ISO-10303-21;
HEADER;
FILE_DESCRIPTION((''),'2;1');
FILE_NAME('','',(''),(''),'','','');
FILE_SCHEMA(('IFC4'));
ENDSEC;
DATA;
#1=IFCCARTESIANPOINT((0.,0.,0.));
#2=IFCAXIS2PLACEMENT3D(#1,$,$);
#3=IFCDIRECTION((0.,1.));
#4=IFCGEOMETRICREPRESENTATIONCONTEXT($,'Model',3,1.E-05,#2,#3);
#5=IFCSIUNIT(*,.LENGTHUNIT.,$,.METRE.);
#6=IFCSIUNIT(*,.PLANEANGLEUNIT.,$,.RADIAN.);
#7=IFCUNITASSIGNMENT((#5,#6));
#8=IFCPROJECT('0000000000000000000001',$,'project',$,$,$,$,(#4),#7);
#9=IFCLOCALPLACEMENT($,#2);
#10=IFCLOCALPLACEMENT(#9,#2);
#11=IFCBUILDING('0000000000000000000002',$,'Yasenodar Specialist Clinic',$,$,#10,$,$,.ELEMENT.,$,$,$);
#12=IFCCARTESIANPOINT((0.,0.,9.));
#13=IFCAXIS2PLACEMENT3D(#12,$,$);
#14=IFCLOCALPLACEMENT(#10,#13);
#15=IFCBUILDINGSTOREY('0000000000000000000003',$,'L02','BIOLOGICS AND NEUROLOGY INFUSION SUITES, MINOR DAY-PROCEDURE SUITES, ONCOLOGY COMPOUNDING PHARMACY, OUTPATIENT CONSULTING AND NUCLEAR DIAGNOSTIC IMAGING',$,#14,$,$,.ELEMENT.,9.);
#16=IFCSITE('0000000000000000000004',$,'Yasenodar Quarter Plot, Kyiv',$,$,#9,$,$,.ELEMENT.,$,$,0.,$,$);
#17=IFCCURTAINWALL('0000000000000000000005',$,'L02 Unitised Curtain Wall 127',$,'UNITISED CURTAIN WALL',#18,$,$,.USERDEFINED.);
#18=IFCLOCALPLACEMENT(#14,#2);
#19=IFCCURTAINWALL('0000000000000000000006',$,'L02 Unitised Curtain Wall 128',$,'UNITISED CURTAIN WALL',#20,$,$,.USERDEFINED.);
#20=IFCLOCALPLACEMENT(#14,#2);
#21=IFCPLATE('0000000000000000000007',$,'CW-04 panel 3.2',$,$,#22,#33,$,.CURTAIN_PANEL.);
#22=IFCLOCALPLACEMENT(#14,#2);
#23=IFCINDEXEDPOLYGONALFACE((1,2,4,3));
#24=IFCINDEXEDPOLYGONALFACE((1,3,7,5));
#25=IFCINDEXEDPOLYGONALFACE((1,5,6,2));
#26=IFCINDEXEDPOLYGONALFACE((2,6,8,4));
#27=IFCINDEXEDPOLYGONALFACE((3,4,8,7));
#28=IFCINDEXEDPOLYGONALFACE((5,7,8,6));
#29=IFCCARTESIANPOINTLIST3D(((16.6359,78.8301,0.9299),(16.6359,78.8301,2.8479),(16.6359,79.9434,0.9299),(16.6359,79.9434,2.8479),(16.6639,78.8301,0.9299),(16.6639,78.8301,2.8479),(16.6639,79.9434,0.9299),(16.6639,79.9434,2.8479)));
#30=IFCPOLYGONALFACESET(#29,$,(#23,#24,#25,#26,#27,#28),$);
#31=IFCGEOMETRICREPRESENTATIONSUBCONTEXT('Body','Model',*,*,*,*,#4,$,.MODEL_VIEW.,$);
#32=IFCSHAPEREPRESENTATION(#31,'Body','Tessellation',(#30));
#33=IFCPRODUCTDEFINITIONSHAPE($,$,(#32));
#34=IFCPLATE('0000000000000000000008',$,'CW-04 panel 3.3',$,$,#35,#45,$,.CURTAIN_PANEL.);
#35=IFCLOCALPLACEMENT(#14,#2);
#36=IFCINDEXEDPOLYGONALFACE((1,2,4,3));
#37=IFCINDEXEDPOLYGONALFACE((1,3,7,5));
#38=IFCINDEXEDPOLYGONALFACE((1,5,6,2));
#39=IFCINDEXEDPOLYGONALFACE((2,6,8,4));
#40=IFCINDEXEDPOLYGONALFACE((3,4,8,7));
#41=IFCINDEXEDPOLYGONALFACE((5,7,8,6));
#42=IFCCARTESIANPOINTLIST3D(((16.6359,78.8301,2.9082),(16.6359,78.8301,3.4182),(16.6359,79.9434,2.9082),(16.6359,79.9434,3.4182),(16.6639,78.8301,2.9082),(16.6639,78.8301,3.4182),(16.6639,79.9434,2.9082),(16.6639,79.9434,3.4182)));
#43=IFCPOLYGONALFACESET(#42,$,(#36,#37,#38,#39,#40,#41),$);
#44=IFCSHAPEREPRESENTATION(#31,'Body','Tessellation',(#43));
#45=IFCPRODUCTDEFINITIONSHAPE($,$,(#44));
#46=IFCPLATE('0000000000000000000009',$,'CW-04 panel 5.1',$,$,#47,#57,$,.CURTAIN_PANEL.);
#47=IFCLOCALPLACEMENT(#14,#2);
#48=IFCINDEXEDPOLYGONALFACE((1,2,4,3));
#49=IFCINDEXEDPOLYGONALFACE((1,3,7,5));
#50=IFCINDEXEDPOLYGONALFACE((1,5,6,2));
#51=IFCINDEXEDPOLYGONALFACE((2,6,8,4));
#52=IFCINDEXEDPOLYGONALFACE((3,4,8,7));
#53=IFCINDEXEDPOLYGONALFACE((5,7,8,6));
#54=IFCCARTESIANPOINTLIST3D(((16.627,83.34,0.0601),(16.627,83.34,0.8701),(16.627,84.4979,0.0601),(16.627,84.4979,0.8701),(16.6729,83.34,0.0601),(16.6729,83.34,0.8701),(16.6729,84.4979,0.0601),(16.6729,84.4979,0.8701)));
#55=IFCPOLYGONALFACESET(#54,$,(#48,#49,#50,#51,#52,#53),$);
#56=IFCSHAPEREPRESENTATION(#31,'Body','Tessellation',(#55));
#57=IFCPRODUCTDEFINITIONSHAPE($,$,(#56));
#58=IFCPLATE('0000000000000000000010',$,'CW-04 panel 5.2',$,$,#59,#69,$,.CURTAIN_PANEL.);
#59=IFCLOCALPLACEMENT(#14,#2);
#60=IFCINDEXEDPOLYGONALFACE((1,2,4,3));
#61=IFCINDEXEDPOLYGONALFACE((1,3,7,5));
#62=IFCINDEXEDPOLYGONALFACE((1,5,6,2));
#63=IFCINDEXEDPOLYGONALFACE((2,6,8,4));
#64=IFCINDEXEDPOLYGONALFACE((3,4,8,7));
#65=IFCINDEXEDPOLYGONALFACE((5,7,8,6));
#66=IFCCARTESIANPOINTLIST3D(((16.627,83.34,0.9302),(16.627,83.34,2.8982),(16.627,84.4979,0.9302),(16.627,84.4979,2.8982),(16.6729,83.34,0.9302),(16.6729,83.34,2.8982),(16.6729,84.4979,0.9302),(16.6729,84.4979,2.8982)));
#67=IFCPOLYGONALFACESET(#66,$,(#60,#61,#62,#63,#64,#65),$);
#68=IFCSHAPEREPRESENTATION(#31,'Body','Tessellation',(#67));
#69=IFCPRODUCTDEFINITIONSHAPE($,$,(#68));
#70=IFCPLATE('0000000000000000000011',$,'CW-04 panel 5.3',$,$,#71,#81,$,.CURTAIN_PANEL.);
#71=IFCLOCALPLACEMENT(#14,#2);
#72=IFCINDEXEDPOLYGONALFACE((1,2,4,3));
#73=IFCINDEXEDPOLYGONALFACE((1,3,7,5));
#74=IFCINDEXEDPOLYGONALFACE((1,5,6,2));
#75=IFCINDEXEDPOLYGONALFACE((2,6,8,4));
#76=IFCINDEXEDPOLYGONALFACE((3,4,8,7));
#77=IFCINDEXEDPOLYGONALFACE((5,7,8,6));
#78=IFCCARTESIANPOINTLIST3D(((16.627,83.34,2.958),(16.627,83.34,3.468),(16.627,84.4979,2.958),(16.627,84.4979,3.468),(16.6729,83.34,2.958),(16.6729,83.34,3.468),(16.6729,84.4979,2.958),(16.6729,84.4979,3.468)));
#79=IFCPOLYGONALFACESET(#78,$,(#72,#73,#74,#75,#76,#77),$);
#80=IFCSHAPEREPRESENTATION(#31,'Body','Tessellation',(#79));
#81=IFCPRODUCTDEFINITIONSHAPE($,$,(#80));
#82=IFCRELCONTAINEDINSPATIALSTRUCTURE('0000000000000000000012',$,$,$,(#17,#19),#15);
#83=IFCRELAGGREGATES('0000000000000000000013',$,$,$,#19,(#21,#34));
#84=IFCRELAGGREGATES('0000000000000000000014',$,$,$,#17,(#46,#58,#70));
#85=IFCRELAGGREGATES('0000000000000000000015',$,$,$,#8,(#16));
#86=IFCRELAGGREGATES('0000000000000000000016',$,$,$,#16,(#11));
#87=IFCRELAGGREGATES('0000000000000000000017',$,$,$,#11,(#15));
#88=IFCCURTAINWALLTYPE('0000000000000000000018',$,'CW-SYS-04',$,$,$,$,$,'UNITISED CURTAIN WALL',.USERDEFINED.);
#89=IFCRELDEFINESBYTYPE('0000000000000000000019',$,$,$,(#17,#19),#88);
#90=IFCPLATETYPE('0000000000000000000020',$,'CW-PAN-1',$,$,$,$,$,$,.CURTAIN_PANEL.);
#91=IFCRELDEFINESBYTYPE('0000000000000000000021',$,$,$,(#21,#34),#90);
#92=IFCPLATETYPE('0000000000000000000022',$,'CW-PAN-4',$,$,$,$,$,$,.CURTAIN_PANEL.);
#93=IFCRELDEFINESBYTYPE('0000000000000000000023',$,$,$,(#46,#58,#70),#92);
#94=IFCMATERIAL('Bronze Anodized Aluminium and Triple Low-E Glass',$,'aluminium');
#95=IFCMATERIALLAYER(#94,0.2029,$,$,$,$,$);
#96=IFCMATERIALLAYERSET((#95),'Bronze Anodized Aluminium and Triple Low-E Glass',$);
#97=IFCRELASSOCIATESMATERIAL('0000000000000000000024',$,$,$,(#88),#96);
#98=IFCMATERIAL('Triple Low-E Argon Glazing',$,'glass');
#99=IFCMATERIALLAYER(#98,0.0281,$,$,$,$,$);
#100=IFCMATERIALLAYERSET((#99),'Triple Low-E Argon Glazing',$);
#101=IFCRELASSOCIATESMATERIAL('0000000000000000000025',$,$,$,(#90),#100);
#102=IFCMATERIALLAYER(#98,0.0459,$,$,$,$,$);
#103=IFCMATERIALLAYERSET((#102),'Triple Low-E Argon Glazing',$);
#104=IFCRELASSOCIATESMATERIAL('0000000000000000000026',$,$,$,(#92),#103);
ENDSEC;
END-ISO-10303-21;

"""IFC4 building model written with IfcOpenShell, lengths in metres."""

from ifc_helpers import new_model, si_unit, direction, frame, origin, origin_2d, place, context, subcontext, project, spatial, rectangle, extrude, material, layer, layer_set, type_object, element, aggregate, save


model = new_model("IFC4")

# Units and contexts
model_context = context("Model", 3, precision=1e-05, world=origin(), true_north=direction((0.0, 1.0)))
body_context = subcontext(model_context, "Body", "Model", "MODEL_VIEW")
ifc_project = project(units=[si_unit("LENGTHUNIT", "METRE"), si_unit("PLANEANGLEUNIT", "RADIAN")], contexts=[model_context])

# Site, building, storey
site_placement = place(None, origin())
site = spatial("IfcSite", under=ifc_project, at=site_placement, Name="Yasenodar Quarter Plot, Kyiv", CompositionType="ELEMENT", RefElevation=0.0)
building_placement = place(site_placement, origin())
building = spatial("IfcBuilding", under=site, at=building_placement, Name="Yasenodar Specialist Clinic", CompositionType="ELEMENT")
storey_placement = place(building_placement, frame((0.0, 0.0, 9.0)))
storey = spatial("IfcBuildingStorey", under=building, at=storey_placement, Name="L02", Description="BIOLOGICS AND NEUROLOGY INFUSION SUITES, MINOR DAY-PROCEDURE SUITES, ONCOLOGY COMPOUNDING PHARMACY, OUTPATIENT CONSULTING AND NUCLEAR DIAGNOSTIC IMAGING", CompositionType="ELEMENT", Elevation=9.0)

# Curtain wall
ifc_material_1 = material(Name="Bronze Anodized Aluminium and Triple Low-E Glass", Category="aluminium")
ifc_layer_1 = layer(ifc_material_1, 0.2029)
ifc_layer_set_1 = layer_set([ifc_layer_1], Name="Bronze Anodized Aluminium and Triple Low-E Glass")
curtain_wall_type = type_object("IfcCurtainWallType", Name="CW-SYS-04", ElementType="UNITISED CURTAIN WALL", PredefinedType="USERDEFINED", material=ifc_layer_set_1)
curtain_wall_1_placement = place(storey_placement, origin())
curtain_wall_1 = element("IfcCurtainWall", 1, at=curtain_wall_1_placement, inside=storey, type_object=curtain_wall_type, Name="L02 Unitised Curtain Wall 127", ObjectType="UNITISED CURTAIN WALL", PredefinedType="USERDEFINED")

# Curtain wall
curtain_wall_2_placement = place(storey_placement, origin())
curtain_wall_2 = element("IfcCurtainWall", 2, at=curtain_wall_2_placement, inside=storey, type_object=curtain_wall_type, Name="L02 Unitised Curtain Wall 128", ObjectType="UNITISED CURTAIN WALL", PredefinedType="USERDEFINED")

# Plates
ifc_material_2 = material(Name="Triple Low-E Argon Glazing", Category="glass")
ifc_layer_2 = layer(ifc_material_2, 0.0281)
ifc_layer_set_2 = layer_set([ifc_layer_2], Name="Triple Low-E Argon Glazing")
plate_type_1 = type_object("IfcPlateType", Name="CW-PAN-1", PredefinedType="CURTAIN_PANEL", material=ifc_layer_set_2)
plate_1_placement = place(storey_placement, frame((16.6499, 79.3867, 0.9299), z_axis=(0.0, 0.0, 1.0), x_axis=(0.0, -1.0, 0.0)))
plate_1 = element("IfcPlate", 3, at=plate_1_placement, type_object=plate_type_1, Name="CW-04 panel 3.2", PredefinedType="CURTAIN_PANEL", context=body_context, shape_type="SweptSolid", body=[
    extrude(rectangle(XDim=1.1133, YDim=0.0281, at=origin_2d()), origin(), (0.0, 0.0, 1.0), 1.918),
])
plate_2_placement = place(storey_placement, frame((16.6499, 79.3867, 2.9082), z_axis=(0.0, 0.0, 1.0), x_axis=(0.0, -1.0, 0.0)))
plate_2 = element("IfcPlate", 4, at=plate_2_placement, type_object=plate_type_1, Name="CW-04 panel 3.3", PredefinedType="CURTAIN_PANEL", context=body_context, shape_type="SweptSolid", body=[
    extrude(rectangle(XDim=1.1133, YDim=0.0281, at=origin_2d()), origin(), (0.0, 0.0, 1.0), 0.51),
])
aggregate(curtain_wall_2, [plate_1, plate_2])
ifc_layer_3 = layer(ifc_material_2, 0.0459)
ifc_layer_set_3 = layer_set([ifc_layer_3], Name="Triple Low-E Argon Glazing")
plate_type_2 = type_object("IfcPlateType", Name="CW-PAN-4", PredefinedType="CURTAIN_PANEL", material=ifc_layer_set_3)
plate_3_placement = place(storey_placement, frame((16.6499, 83.9189, 0.0601), z_axis=(0.0, 0.0, 1.0), x_axis=(0.0, -1.0, 0.0)))
plate_3 = element("IfcPlate", 5, at=plate_3_placement, type_object=plate_type_2, Name="CW-04 panel 5.1", PredefinedType="CURTAIN_PANEL", context=body_context, shape_type="SweptSolid", body=[
    extrude(rectangle(XDim=1.158, YDim=0.0459, at=origin_2d()), origin(), (0.0, 0.0, 1.0), 0.8101),
])
plate_4_placement = place(storey_placement, frame((16.6499, 83.9189, 0.9302), z_axis=(0.0, 0.0, 1.0), x_axis=(0.0, -1.0, 0.0)))
plate_4 = element("IfcPlate", 6, at=plate_4_placement, type_object=plate_type_2, Name="CW-04 panel 5.2", PredefinedType="CURTAIN_PANEL", context=body_context, shape_type="SweptSolid", body=[
    extrude(rectangle(XDim=1.158, YDim=0.0459, at=origin_2d()), origin(), (0.0, 0.0, 1.0), 1.968),
])
plate_5_placement = place(storey_placement, frame((16.6499, 83.9189, 2.958), z_axis=(0.0, 0.0, 1.0), x_axis=(0.0, -1.0, 0.0)))
plate_5 = element("IfcPlate", 7, at=plate_5_placement, type_object=plate_type_2, Name="CW-04 panel 5.3", PredefinedType="CURTAIN_PANEL", context=body_context, shape_type="SweptSolid", body=[
    extrude(rectangle(XDim=1.158, YDim=0.0459, at=origin_2d()), origin(), (0.0, 0.0, 1.0), 0.51),
])
aggregate(curtain_wall_1, [plate_3, plate_4, plate_5])

save(model, "model.ifc")
